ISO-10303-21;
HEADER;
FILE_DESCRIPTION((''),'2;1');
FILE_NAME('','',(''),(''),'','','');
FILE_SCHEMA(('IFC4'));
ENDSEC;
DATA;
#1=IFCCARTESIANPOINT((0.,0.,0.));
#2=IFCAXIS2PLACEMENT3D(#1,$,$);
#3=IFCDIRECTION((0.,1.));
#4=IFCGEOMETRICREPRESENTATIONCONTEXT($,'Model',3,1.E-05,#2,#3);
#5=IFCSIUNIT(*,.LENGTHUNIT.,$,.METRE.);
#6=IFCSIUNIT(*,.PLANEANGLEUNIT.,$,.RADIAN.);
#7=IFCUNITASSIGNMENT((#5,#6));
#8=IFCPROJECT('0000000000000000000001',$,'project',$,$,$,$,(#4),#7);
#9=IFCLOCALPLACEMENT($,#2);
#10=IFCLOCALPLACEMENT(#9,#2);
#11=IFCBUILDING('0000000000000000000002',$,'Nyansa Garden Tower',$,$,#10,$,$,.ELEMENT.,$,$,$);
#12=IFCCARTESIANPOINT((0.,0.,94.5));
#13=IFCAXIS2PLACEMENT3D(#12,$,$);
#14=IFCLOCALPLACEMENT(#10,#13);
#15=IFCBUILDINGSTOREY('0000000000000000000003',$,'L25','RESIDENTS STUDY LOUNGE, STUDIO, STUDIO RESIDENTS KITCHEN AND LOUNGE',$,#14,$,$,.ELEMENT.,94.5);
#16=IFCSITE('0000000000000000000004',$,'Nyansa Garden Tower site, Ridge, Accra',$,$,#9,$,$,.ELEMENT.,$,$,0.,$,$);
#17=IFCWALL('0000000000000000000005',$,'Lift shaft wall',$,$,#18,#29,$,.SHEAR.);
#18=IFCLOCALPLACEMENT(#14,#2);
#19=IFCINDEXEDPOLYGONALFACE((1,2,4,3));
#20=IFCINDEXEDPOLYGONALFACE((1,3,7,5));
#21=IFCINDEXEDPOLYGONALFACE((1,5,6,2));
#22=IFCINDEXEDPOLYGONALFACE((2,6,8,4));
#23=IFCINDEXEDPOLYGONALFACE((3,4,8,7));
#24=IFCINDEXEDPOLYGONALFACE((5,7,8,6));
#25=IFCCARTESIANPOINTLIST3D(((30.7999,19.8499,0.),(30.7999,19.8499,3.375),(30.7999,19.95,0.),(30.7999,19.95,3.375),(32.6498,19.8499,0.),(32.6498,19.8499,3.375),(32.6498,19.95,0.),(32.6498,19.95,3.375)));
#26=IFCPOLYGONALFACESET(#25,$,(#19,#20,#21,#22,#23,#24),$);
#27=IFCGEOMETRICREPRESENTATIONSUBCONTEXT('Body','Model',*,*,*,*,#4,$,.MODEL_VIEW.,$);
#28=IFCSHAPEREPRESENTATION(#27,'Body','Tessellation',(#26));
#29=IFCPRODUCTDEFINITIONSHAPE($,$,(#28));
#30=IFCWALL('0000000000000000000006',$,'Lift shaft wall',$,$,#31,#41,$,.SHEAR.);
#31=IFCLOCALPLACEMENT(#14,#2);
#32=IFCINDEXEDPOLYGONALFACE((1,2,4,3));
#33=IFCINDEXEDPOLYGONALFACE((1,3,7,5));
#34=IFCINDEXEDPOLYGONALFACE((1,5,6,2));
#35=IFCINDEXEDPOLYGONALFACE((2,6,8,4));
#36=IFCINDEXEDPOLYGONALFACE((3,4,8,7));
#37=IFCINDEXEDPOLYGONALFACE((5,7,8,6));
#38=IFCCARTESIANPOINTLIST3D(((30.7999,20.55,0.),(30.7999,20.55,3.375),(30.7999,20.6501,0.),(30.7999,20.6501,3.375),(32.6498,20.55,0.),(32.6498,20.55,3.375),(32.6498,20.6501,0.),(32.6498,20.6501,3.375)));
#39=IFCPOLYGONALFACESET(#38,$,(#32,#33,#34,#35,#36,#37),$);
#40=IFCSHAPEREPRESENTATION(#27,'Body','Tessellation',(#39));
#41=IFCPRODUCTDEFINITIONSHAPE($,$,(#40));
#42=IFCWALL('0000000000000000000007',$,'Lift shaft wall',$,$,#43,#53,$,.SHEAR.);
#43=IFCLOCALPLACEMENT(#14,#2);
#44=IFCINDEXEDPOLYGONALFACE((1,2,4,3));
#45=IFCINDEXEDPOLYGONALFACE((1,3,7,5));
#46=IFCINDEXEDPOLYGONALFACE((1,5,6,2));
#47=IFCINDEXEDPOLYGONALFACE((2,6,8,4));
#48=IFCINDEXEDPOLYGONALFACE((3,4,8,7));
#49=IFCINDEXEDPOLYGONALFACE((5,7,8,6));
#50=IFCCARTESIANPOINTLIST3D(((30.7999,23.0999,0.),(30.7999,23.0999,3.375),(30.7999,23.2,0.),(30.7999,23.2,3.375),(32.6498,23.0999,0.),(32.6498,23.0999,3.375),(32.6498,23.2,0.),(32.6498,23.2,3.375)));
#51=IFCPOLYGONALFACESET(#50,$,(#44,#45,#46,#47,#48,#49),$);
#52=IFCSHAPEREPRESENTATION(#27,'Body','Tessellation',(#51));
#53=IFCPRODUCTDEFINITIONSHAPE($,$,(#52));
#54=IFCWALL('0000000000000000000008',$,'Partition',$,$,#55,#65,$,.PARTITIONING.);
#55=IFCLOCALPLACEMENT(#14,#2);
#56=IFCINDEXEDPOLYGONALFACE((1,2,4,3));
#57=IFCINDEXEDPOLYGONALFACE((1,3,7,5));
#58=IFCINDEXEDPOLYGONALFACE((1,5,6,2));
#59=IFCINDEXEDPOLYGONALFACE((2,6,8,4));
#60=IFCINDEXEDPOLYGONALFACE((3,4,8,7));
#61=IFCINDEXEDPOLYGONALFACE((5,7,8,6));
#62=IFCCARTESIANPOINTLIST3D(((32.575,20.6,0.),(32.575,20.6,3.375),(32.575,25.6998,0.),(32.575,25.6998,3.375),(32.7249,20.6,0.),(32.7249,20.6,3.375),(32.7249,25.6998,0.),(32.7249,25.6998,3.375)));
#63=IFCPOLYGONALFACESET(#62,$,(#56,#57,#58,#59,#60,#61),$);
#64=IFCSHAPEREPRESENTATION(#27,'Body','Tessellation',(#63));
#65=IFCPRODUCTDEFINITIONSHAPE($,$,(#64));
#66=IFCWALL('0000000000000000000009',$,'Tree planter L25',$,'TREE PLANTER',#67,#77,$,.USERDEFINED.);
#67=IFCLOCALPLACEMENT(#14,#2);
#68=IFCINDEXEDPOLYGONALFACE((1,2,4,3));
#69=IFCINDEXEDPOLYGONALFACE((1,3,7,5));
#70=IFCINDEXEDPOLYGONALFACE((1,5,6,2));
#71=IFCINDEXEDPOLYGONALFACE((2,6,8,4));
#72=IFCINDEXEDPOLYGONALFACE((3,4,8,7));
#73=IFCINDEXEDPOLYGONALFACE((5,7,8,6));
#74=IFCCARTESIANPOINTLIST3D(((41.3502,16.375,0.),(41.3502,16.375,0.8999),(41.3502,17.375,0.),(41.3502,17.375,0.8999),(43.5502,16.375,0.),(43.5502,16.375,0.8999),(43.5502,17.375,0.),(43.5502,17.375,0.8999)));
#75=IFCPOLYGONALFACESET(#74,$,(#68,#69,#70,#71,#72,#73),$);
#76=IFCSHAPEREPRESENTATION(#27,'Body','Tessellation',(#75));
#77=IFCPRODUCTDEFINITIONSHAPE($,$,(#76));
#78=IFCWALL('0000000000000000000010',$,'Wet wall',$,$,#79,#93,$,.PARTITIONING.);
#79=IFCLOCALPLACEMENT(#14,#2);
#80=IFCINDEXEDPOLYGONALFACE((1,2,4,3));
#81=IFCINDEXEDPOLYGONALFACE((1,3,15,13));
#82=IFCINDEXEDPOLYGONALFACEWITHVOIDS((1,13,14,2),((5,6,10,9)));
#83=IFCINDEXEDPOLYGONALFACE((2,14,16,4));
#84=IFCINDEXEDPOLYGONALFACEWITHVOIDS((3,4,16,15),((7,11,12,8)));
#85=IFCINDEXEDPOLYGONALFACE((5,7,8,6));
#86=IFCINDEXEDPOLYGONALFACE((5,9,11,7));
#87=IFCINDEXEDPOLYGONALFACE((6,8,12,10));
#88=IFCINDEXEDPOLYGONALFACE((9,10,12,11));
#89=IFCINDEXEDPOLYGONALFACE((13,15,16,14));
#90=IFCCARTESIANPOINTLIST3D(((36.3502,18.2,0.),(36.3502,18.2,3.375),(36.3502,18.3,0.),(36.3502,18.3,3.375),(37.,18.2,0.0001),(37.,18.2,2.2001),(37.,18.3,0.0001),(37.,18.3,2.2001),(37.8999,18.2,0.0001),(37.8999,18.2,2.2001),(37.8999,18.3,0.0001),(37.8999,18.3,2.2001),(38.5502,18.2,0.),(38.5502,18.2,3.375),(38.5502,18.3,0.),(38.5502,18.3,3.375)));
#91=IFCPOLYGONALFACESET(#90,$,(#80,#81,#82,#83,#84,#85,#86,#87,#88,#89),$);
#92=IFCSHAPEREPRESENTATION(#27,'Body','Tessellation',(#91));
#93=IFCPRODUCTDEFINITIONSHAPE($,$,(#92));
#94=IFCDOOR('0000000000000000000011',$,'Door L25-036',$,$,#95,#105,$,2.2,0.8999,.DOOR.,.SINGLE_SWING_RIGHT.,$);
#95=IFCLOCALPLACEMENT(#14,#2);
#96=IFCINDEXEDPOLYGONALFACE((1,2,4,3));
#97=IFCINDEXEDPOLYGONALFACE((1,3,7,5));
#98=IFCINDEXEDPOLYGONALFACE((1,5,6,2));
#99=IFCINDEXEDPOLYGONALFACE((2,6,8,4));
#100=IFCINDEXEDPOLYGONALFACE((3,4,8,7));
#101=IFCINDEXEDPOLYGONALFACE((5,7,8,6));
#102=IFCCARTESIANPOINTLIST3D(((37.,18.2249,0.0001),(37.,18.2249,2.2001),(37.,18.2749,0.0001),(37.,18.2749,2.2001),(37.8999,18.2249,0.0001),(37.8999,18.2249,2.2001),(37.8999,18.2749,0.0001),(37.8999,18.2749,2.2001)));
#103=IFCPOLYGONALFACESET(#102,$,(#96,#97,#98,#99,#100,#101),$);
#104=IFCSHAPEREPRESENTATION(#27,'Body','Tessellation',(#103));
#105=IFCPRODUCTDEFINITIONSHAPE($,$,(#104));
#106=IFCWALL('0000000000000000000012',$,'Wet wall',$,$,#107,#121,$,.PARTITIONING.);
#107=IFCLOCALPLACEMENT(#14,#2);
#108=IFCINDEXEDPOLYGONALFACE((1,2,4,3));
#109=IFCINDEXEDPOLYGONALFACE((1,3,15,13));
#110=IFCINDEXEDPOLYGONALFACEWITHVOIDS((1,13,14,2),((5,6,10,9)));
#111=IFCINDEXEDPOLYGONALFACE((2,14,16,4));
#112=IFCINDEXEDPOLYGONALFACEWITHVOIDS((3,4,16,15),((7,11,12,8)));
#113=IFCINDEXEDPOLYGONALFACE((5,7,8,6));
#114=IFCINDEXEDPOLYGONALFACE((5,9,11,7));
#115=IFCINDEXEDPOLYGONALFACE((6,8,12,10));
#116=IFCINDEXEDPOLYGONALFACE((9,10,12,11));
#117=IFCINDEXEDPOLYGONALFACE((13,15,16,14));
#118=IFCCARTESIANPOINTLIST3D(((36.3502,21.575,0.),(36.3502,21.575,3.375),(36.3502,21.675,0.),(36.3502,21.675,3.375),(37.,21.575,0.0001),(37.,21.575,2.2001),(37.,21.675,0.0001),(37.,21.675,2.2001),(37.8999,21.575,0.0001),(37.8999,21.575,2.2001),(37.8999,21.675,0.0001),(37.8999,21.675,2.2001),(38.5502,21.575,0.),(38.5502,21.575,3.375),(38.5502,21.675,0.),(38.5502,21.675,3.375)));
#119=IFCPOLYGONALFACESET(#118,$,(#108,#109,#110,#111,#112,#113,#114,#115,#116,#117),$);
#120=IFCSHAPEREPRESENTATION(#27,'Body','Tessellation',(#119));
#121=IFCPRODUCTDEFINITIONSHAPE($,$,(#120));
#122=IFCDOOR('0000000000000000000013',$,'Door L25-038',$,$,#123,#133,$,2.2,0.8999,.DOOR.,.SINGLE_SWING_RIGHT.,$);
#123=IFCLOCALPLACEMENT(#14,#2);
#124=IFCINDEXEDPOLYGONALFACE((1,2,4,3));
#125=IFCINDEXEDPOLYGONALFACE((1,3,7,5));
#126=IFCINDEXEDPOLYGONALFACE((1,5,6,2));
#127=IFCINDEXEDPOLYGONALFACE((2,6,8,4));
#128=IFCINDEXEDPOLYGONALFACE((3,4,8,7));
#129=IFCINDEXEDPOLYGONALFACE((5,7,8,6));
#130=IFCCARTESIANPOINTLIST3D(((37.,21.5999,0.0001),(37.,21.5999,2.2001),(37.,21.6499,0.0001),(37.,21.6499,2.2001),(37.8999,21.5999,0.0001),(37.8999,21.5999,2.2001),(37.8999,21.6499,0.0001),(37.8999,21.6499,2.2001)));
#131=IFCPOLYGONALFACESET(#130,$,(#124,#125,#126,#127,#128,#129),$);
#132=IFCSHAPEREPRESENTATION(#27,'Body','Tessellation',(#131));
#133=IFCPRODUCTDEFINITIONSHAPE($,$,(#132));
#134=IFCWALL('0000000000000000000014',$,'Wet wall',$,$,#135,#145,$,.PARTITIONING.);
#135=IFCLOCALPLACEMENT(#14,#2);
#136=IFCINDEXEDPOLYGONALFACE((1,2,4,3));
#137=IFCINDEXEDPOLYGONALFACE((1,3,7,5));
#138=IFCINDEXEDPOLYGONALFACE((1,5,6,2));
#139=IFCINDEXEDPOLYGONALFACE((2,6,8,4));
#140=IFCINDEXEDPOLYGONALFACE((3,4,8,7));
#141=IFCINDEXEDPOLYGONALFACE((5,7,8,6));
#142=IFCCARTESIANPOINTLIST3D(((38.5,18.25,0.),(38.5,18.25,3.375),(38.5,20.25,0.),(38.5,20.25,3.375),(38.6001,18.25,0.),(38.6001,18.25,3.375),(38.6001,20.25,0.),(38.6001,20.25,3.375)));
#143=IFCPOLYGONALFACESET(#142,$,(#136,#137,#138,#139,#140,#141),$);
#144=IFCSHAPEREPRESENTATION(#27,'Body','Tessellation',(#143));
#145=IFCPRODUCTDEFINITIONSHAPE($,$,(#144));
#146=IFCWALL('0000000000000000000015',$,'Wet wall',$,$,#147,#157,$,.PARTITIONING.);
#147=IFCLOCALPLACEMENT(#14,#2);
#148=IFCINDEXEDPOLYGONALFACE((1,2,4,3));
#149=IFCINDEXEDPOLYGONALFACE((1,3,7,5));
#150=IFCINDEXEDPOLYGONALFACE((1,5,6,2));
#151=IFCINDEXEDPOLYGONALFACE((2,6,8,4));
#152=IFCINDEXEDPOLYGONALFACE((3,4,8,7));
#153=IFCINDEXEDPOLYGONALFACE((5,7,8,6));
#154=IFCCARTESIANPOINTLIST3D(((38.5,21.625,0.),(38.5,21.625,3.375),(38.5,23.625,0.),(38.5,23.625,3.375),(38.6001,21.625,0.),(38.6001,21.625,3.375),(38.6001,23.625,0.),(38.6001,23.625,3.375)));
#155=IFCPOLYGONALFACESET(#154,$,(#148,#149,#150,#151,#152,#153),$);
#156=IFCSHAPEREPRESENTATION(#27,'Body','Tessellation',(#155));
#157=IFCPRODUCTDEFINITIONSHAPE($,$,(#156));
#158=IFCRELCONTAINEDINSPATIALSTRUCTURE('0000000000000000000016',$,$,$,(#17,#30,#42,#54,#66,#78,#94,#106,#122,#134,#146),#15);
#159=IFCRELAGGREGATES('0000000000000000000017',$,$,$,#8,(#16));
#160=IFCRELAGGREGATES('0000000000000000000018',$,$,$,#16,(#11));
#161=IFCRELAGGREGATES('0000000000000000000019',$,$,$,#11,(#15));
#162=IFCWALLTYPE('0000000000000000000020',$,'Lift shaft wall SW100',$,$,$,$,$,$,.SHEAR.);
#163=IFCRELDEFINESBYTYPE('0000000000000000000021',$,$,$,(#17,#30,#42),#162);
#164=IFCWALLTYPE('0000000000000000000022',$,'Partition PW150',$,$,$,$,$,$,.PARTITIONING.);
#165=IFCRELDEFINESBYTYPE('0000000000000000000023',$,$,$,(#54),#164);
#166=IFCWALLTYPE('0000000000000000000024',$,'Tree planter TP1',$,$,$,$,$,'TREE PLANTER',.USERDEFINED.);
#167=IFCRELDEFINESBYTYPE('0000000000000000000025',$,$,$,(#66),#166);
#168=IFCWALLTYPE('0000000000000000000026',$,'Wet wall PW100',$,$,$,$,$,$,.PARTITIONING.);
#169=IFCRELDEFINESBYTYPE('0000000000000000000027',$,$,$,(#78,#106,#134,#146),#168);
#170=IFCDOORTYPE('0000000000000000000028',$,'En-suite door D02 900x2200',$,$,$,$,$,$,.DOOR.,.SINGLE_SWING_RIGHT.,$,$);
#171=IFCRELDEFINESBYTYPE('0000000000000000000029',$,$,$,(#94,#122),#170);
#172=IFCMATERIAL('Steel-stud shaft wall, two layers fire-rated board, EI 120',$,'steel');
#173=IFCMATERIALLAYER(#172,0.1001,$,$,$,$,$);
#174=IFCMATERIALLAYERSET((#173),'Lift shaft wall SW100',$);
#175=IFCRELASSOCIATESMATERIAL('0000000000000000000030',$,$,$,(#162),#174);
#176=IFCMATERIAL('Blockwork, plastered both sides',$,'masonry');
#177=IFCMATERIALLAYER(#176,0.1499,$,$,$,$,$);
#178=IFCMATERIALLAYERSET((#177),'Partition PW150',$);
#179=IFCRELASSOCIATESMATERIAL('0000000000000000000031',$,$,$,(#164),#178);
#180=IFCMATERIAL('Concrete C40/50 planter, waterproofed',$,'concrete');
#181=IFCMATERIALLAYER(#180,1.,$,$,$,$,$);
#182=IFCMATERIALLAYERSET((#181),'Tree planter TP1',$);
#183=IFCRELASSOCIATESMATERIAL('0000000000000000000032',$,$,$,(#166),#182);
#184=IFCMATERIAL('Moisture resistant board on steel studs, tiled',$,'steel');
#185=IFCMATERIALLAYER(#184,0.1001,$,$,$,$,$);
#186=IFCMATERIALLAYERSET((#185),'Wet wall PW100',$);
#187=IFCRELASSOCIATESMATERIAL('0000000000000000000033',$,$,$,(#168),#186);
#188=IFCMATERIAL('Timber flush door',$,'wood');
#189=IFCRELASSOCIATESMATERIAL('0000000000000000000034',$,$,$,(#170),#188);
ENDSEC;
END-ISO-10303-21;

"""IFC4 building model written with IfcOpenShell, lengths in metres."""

from ifc_helpers import new_model, si_unit, direction, frame, frame_2d, origin, place, context, subcontext, project, spatial, rectangle, extrude, material, layer, layer_set, type_object, element, fill, save


model = new_model("IFC4")

# Units and contexts
model_context = context("Model", 3, precision=1e-05, world=origin(), true_north=direction((0.0, 1.0)))
body_context = subcontext(model_context, "Body", "Model", "MODEL_VIEW")
ifc_project = project(units=[si_unit("LENGTHUNIT", "METRE"), si_unit("PLANEANGLEUNIT", "RADIAN")], contexts=[model_context])

# Site, building, storey
site_placement = place(None, origin())
site = spatial("IfcSite", under=ifc_project, at=site_placement, Name="Nyansa Garden Tower site, Ridge, Accra", CompositionType="ELEMENT", RefElevation=0.0)
building_placement = place(site_placement, origin())
building = spatial("IfcBuilding", under=site, at=building_placement, Name="Nyansa Garden Tower", CompositionType="ELEMENT")
storey_placement = place(building_placement, frame((0.0, 0.0, 94.5)))
storey = spatial("IfcBuildingStorey", under=building, at=storey_placement, Name="L25", Description="RESIDENTS STUDY LOUNGE, STUDIO, STUDIO RESIDENTS KITCHEN AND LOUNGE", CompositionType="ELEMENT", Elevation=94.5)

# Walls
ifc_material_1 = material(Name="Steel-stud shaft wall, two layers fire-rated board, EI 120", Category="steel")
ifc_layer_1 = layer(ifc_material_1, 0.1001)
ifc_layer_set_1 = layer_set([ifc_layer_1], Name="Lift shaft wall SW100")
wall_type_1 = type_object("IfcWallType", Name="Lift shaft wall SW100", PredefinedType="SHEAR", material=ifc_layer_set_1)
for number, where, z_axis, x_axis, name in (
    (1, (30.8, 19.8999, 0.0), (0.0, 0.0, 1.0), (1.0, 0.0, 0.0), "Lift shaft wall"),
    (2, (30.8, 20.6001, 0.0), (0.0, 0.0, 1.0), (1.0, 0.0, 0.0), "Lift shaft wall"),
    (3, (30.8, 23.1499, 0.0), (0.0, 0.0, 1.0), (1.0, 0.0, 0.0), "Lift shaft wall"),
):
    element("IfcWall", number, at=place(storey_placement, frame(where, z_axis=z_axis, x_axis=x_axis)), inside=storey, type_object=wall_type_1, Name=name, PredefinedType="SHEAR", context=body_context, shape_type="SweptSolid", body=[
        extrude(rectangle(XDim=1.8499, YDim=0.1001, at=frame_2d((0.9248, 0.0))), origin(), (0.0, 0.0, 1.0), 3.375),
    ])
ifc_material_2 = material(Name="Blockwork, plastered both sides", Category="masonry")
ifc_layer_2 = layer(ifc_material_2, 0.1499)
ifc_layer_set_2 = layer_set([ifc_layer_2], Name="Partition PW150")
wall_type_2 = type_object("IfcWallType", Name="Partition PW150", PredefinedType="PARTITIONING", material=ifc_layer_set_2)
wall_1_placement = place(storey_placement, frame((32.6499, 20.6001, 0.0), z_axis=(0.0, 0.0, 1.0), x_axis=(0.0, 1.0, 0.0)))
element("IfcWall", 4, at=wall_1_placement, inside=storey, type_object=wall_type_2, Name="Partition", PredefinedType="PARTITIONING", context=body_context, shape_type="SweptSolid", body=[
    extrude(rectangle(XDim=5.0999, YDim=0.1499, at=frame_2d((2.5498, 0.0))), origin(), (0.0, 0.0, 1.0), 3.375),
])
ifc_material_3 = material(Name="Concrete C40/50 planter, waterproofed", Category="concrete")
ifc_layer_3 = layer(ifc_material_3, 1.0)
ifc_layer_set_3 = layer_set([ifc_layer_3], Name="Tree planter TP1")
wall_type_3 = type_object("IfcWallType", Name="Tree planter TP1", ElementType="TREE PLANTER", PredefinedType="USERDEFINED", material=ifc_layer_set_3)
wall_2_placement = place(storey_placement, frame((41.3501, 16.875, 0.0), z_axis=(0.0, 0.0, 1.0), x_axis=(1.0, 0.0, 0.0)))
element("IfcWall", 5, at=wall_2_placement, inside=storey, type_object=wall_type_3, Name="Tree planter L25", ObjectType="TREE PLANTER", PredefinedType="USERDEFINED", context=body_context, shape_type="SweptSolid", body=[
    extrude(rectangle(XDim=2.2, YDim=1.0, at=frame_2d((1.1001, 0.0))), origin(), (0.0, 0.0, 1.0), 0.8999),
])

# Walls, openings, doors
ifc_material_4 = material(Name="Moisture resistant board on steel studs, tiled", Category="steel")
ifc_layer_4 = layer(ifc_material_4, 0.1001)
ifc_layer_set_4 = layer_set([ifc_layer_4], Name="Wet wall PW100")
wall_type_4 = type_object("IfcWallType", Name="Wet wall PW100", PredefinedType="PARTITIONING", material=ifc_layer_set_4)
wall_3_placement = place(storey_placement, frame((36.3501, 18.25, 0.0), z_axis=(0.0, 0.0, 1.0), x_axis=(1.0, 0.0, 0.0)))
wall_3 = element("IfcWall", 6, at=wall_3_placement, inside=storey, type_object=wall_type_4, Name="Wet wall", PredefinedType="PARTITIONING", context=body_context, shape_type="SweptSolid", body=[
    extrude(rectangle(XDim=2.2, YDim=0.1001, at=frame_2d((1.1001, 0.0))), origin(), (0.0, 0.0, 1.0), 3.375),
])
opening_1_placement = place(wall_3_placement, frame((0.6499, 0.0, 0.0)))
opening_1 = element("IfcOpeningElement", 7, at=opening_1_placement, cuts=wall_3, PredefinedType="OPENING", context=body_context, shape_type="SweptSolid", body=[
    extrude(rectangle(XDim=0.8999, YDim=2.2, at=frame_2d((0.45, 1.1001))), frame((0.0, 0.0601, 0.0), z_axis=(0.0, -1.0, 0.0), x_axis=(1.0, 0.0, 0.0)), (0.0, 0.0, 1.0), 0.1201),
])
ifc_material_5 = material(Name="Timber flush door", Category="wood")
door_type_1 = type_object("IfcDoorType", Name="En-suite door D02 900x2200", OperationType="SINGLE_SWING_RIGHT", PredefinedType="DOOR", material=ifc_material_5)
door_1_placement = place(opening_1_placement, origin())
door_1 = element("IfcDoor", 8, at=door_1_placement, inside=storey, type_object=door_type_1, Name="Door L25-036", OperationType="SINGLE_SWING_RIGHT", OverallHeight=2.2, OverallWidth=0.8999, PredefinedType="DOOR", context=body_context, shape_type="SweptSolid", body=[
    extrude(rectangle(XDim=0.8999, YDim=2.2, at=frame_2d((0.45, 1.1001))), frame((0.0, 0.0249, 0.0), z_axis=(0.0, -1.0, 0.0), x_axis=(1.0, 0.0, 0.0)), (0.0, 0.0, 1.0), 0.05),
])
fill(opening_1, door_1)
wall_4_placement = place(storey_placement, frame((36.3501, 21.625, 0.0), z_axis=(0.0, 0.0, 1.0), x_axis=(1.0, 0.0, 0.0)))
wall_4 = element("IfcWall", 9, at=wall_4_placement, inside=storey, type_object=wall_type_4, Name="Wet wall", PredefinedType="PARTITIONING", context=body_context, shape_type="SweptSolid", body=[
    extrude(rectangle(XDim=2.2, YDim=0.1001, at=frame_2d((1.1001, 0.0))), origin(), (0.0, 0.0, 1.0), 3.375),
])
opening_2_placement = place(wall_4_placement, frame((0.6499, 0.0, 0.0)))
opening_2 = element("IfcOpeningElement", 10, at=opening_2_placement, cuts=wall_4, PredefinedType="OPENING", context=body_context, shape_type="SweptSolid", body=[
    extrude(rectangle(XDim=0.8999, YDim=2.2, at=frame_2d((0.45, 1.1001))), frame((0.0, 0.0601, 0.0), z_axis=(0.0, -1.0, 0.0), x_axis=(1.0, 0.0, 0.0)), (0.0, 0.0, 1.0), 0.1201),
])
door_2_placement = place(opening_2_placement, origin())
door_2 = element("IfcDoor", 11, at=door_2_placement, inside=storey, type_object=door_type_1, Name="Door L25-038", OperationType="SINGLE_SWING_RIGHT", OverallHeight=2.2, OverallWidth=0.8999, PredefinedType="DOOR", context=body_context, shape_type="SweptSolid", body=[
    extrude(rectangle(XDim=0.8999, YDim=2.2, at=frame_2d((0.45, 1.1001))), frame((0.0, 0.0249, 0.0), z_axis=(0.0, -1.0, 0.0), x_axis=(1.0, 0.0, 0.0)), (0.0, 0.0, 1.0), 0.05),
])
fill(opening_2, door_2)

# Walls
for number, where, z_axis, x_axis, name in (
    (12, (38.55, 18.25, 0.0), (0.0, 0.0, 1.0), (0.0, 1.0, 0.0), "Wet wall"),
    (13, (38.55, 21.625, 0.0), (0.0, 0.0, 1.0), (0.0, 1.0, 0.0), "Wet wall"),
):
    element("IfcWall", number, at=place(storey_placement, frame(where, z_axis=z_axis, x_axis=x_axis)), inside=storey, type_object=wall_type_4, Name=name, PredefinedType="PARTITIONING", context=body_context, shape_type="SweptSolid", body=[
        extrude(rectangle(XDim=2.0, YDim=0.1001, at=frame_2d((1.0, 0.0))), origin(), (0.0, 0.0, 1.0), 3.375),
    ])

save(model, "model.ifc")
